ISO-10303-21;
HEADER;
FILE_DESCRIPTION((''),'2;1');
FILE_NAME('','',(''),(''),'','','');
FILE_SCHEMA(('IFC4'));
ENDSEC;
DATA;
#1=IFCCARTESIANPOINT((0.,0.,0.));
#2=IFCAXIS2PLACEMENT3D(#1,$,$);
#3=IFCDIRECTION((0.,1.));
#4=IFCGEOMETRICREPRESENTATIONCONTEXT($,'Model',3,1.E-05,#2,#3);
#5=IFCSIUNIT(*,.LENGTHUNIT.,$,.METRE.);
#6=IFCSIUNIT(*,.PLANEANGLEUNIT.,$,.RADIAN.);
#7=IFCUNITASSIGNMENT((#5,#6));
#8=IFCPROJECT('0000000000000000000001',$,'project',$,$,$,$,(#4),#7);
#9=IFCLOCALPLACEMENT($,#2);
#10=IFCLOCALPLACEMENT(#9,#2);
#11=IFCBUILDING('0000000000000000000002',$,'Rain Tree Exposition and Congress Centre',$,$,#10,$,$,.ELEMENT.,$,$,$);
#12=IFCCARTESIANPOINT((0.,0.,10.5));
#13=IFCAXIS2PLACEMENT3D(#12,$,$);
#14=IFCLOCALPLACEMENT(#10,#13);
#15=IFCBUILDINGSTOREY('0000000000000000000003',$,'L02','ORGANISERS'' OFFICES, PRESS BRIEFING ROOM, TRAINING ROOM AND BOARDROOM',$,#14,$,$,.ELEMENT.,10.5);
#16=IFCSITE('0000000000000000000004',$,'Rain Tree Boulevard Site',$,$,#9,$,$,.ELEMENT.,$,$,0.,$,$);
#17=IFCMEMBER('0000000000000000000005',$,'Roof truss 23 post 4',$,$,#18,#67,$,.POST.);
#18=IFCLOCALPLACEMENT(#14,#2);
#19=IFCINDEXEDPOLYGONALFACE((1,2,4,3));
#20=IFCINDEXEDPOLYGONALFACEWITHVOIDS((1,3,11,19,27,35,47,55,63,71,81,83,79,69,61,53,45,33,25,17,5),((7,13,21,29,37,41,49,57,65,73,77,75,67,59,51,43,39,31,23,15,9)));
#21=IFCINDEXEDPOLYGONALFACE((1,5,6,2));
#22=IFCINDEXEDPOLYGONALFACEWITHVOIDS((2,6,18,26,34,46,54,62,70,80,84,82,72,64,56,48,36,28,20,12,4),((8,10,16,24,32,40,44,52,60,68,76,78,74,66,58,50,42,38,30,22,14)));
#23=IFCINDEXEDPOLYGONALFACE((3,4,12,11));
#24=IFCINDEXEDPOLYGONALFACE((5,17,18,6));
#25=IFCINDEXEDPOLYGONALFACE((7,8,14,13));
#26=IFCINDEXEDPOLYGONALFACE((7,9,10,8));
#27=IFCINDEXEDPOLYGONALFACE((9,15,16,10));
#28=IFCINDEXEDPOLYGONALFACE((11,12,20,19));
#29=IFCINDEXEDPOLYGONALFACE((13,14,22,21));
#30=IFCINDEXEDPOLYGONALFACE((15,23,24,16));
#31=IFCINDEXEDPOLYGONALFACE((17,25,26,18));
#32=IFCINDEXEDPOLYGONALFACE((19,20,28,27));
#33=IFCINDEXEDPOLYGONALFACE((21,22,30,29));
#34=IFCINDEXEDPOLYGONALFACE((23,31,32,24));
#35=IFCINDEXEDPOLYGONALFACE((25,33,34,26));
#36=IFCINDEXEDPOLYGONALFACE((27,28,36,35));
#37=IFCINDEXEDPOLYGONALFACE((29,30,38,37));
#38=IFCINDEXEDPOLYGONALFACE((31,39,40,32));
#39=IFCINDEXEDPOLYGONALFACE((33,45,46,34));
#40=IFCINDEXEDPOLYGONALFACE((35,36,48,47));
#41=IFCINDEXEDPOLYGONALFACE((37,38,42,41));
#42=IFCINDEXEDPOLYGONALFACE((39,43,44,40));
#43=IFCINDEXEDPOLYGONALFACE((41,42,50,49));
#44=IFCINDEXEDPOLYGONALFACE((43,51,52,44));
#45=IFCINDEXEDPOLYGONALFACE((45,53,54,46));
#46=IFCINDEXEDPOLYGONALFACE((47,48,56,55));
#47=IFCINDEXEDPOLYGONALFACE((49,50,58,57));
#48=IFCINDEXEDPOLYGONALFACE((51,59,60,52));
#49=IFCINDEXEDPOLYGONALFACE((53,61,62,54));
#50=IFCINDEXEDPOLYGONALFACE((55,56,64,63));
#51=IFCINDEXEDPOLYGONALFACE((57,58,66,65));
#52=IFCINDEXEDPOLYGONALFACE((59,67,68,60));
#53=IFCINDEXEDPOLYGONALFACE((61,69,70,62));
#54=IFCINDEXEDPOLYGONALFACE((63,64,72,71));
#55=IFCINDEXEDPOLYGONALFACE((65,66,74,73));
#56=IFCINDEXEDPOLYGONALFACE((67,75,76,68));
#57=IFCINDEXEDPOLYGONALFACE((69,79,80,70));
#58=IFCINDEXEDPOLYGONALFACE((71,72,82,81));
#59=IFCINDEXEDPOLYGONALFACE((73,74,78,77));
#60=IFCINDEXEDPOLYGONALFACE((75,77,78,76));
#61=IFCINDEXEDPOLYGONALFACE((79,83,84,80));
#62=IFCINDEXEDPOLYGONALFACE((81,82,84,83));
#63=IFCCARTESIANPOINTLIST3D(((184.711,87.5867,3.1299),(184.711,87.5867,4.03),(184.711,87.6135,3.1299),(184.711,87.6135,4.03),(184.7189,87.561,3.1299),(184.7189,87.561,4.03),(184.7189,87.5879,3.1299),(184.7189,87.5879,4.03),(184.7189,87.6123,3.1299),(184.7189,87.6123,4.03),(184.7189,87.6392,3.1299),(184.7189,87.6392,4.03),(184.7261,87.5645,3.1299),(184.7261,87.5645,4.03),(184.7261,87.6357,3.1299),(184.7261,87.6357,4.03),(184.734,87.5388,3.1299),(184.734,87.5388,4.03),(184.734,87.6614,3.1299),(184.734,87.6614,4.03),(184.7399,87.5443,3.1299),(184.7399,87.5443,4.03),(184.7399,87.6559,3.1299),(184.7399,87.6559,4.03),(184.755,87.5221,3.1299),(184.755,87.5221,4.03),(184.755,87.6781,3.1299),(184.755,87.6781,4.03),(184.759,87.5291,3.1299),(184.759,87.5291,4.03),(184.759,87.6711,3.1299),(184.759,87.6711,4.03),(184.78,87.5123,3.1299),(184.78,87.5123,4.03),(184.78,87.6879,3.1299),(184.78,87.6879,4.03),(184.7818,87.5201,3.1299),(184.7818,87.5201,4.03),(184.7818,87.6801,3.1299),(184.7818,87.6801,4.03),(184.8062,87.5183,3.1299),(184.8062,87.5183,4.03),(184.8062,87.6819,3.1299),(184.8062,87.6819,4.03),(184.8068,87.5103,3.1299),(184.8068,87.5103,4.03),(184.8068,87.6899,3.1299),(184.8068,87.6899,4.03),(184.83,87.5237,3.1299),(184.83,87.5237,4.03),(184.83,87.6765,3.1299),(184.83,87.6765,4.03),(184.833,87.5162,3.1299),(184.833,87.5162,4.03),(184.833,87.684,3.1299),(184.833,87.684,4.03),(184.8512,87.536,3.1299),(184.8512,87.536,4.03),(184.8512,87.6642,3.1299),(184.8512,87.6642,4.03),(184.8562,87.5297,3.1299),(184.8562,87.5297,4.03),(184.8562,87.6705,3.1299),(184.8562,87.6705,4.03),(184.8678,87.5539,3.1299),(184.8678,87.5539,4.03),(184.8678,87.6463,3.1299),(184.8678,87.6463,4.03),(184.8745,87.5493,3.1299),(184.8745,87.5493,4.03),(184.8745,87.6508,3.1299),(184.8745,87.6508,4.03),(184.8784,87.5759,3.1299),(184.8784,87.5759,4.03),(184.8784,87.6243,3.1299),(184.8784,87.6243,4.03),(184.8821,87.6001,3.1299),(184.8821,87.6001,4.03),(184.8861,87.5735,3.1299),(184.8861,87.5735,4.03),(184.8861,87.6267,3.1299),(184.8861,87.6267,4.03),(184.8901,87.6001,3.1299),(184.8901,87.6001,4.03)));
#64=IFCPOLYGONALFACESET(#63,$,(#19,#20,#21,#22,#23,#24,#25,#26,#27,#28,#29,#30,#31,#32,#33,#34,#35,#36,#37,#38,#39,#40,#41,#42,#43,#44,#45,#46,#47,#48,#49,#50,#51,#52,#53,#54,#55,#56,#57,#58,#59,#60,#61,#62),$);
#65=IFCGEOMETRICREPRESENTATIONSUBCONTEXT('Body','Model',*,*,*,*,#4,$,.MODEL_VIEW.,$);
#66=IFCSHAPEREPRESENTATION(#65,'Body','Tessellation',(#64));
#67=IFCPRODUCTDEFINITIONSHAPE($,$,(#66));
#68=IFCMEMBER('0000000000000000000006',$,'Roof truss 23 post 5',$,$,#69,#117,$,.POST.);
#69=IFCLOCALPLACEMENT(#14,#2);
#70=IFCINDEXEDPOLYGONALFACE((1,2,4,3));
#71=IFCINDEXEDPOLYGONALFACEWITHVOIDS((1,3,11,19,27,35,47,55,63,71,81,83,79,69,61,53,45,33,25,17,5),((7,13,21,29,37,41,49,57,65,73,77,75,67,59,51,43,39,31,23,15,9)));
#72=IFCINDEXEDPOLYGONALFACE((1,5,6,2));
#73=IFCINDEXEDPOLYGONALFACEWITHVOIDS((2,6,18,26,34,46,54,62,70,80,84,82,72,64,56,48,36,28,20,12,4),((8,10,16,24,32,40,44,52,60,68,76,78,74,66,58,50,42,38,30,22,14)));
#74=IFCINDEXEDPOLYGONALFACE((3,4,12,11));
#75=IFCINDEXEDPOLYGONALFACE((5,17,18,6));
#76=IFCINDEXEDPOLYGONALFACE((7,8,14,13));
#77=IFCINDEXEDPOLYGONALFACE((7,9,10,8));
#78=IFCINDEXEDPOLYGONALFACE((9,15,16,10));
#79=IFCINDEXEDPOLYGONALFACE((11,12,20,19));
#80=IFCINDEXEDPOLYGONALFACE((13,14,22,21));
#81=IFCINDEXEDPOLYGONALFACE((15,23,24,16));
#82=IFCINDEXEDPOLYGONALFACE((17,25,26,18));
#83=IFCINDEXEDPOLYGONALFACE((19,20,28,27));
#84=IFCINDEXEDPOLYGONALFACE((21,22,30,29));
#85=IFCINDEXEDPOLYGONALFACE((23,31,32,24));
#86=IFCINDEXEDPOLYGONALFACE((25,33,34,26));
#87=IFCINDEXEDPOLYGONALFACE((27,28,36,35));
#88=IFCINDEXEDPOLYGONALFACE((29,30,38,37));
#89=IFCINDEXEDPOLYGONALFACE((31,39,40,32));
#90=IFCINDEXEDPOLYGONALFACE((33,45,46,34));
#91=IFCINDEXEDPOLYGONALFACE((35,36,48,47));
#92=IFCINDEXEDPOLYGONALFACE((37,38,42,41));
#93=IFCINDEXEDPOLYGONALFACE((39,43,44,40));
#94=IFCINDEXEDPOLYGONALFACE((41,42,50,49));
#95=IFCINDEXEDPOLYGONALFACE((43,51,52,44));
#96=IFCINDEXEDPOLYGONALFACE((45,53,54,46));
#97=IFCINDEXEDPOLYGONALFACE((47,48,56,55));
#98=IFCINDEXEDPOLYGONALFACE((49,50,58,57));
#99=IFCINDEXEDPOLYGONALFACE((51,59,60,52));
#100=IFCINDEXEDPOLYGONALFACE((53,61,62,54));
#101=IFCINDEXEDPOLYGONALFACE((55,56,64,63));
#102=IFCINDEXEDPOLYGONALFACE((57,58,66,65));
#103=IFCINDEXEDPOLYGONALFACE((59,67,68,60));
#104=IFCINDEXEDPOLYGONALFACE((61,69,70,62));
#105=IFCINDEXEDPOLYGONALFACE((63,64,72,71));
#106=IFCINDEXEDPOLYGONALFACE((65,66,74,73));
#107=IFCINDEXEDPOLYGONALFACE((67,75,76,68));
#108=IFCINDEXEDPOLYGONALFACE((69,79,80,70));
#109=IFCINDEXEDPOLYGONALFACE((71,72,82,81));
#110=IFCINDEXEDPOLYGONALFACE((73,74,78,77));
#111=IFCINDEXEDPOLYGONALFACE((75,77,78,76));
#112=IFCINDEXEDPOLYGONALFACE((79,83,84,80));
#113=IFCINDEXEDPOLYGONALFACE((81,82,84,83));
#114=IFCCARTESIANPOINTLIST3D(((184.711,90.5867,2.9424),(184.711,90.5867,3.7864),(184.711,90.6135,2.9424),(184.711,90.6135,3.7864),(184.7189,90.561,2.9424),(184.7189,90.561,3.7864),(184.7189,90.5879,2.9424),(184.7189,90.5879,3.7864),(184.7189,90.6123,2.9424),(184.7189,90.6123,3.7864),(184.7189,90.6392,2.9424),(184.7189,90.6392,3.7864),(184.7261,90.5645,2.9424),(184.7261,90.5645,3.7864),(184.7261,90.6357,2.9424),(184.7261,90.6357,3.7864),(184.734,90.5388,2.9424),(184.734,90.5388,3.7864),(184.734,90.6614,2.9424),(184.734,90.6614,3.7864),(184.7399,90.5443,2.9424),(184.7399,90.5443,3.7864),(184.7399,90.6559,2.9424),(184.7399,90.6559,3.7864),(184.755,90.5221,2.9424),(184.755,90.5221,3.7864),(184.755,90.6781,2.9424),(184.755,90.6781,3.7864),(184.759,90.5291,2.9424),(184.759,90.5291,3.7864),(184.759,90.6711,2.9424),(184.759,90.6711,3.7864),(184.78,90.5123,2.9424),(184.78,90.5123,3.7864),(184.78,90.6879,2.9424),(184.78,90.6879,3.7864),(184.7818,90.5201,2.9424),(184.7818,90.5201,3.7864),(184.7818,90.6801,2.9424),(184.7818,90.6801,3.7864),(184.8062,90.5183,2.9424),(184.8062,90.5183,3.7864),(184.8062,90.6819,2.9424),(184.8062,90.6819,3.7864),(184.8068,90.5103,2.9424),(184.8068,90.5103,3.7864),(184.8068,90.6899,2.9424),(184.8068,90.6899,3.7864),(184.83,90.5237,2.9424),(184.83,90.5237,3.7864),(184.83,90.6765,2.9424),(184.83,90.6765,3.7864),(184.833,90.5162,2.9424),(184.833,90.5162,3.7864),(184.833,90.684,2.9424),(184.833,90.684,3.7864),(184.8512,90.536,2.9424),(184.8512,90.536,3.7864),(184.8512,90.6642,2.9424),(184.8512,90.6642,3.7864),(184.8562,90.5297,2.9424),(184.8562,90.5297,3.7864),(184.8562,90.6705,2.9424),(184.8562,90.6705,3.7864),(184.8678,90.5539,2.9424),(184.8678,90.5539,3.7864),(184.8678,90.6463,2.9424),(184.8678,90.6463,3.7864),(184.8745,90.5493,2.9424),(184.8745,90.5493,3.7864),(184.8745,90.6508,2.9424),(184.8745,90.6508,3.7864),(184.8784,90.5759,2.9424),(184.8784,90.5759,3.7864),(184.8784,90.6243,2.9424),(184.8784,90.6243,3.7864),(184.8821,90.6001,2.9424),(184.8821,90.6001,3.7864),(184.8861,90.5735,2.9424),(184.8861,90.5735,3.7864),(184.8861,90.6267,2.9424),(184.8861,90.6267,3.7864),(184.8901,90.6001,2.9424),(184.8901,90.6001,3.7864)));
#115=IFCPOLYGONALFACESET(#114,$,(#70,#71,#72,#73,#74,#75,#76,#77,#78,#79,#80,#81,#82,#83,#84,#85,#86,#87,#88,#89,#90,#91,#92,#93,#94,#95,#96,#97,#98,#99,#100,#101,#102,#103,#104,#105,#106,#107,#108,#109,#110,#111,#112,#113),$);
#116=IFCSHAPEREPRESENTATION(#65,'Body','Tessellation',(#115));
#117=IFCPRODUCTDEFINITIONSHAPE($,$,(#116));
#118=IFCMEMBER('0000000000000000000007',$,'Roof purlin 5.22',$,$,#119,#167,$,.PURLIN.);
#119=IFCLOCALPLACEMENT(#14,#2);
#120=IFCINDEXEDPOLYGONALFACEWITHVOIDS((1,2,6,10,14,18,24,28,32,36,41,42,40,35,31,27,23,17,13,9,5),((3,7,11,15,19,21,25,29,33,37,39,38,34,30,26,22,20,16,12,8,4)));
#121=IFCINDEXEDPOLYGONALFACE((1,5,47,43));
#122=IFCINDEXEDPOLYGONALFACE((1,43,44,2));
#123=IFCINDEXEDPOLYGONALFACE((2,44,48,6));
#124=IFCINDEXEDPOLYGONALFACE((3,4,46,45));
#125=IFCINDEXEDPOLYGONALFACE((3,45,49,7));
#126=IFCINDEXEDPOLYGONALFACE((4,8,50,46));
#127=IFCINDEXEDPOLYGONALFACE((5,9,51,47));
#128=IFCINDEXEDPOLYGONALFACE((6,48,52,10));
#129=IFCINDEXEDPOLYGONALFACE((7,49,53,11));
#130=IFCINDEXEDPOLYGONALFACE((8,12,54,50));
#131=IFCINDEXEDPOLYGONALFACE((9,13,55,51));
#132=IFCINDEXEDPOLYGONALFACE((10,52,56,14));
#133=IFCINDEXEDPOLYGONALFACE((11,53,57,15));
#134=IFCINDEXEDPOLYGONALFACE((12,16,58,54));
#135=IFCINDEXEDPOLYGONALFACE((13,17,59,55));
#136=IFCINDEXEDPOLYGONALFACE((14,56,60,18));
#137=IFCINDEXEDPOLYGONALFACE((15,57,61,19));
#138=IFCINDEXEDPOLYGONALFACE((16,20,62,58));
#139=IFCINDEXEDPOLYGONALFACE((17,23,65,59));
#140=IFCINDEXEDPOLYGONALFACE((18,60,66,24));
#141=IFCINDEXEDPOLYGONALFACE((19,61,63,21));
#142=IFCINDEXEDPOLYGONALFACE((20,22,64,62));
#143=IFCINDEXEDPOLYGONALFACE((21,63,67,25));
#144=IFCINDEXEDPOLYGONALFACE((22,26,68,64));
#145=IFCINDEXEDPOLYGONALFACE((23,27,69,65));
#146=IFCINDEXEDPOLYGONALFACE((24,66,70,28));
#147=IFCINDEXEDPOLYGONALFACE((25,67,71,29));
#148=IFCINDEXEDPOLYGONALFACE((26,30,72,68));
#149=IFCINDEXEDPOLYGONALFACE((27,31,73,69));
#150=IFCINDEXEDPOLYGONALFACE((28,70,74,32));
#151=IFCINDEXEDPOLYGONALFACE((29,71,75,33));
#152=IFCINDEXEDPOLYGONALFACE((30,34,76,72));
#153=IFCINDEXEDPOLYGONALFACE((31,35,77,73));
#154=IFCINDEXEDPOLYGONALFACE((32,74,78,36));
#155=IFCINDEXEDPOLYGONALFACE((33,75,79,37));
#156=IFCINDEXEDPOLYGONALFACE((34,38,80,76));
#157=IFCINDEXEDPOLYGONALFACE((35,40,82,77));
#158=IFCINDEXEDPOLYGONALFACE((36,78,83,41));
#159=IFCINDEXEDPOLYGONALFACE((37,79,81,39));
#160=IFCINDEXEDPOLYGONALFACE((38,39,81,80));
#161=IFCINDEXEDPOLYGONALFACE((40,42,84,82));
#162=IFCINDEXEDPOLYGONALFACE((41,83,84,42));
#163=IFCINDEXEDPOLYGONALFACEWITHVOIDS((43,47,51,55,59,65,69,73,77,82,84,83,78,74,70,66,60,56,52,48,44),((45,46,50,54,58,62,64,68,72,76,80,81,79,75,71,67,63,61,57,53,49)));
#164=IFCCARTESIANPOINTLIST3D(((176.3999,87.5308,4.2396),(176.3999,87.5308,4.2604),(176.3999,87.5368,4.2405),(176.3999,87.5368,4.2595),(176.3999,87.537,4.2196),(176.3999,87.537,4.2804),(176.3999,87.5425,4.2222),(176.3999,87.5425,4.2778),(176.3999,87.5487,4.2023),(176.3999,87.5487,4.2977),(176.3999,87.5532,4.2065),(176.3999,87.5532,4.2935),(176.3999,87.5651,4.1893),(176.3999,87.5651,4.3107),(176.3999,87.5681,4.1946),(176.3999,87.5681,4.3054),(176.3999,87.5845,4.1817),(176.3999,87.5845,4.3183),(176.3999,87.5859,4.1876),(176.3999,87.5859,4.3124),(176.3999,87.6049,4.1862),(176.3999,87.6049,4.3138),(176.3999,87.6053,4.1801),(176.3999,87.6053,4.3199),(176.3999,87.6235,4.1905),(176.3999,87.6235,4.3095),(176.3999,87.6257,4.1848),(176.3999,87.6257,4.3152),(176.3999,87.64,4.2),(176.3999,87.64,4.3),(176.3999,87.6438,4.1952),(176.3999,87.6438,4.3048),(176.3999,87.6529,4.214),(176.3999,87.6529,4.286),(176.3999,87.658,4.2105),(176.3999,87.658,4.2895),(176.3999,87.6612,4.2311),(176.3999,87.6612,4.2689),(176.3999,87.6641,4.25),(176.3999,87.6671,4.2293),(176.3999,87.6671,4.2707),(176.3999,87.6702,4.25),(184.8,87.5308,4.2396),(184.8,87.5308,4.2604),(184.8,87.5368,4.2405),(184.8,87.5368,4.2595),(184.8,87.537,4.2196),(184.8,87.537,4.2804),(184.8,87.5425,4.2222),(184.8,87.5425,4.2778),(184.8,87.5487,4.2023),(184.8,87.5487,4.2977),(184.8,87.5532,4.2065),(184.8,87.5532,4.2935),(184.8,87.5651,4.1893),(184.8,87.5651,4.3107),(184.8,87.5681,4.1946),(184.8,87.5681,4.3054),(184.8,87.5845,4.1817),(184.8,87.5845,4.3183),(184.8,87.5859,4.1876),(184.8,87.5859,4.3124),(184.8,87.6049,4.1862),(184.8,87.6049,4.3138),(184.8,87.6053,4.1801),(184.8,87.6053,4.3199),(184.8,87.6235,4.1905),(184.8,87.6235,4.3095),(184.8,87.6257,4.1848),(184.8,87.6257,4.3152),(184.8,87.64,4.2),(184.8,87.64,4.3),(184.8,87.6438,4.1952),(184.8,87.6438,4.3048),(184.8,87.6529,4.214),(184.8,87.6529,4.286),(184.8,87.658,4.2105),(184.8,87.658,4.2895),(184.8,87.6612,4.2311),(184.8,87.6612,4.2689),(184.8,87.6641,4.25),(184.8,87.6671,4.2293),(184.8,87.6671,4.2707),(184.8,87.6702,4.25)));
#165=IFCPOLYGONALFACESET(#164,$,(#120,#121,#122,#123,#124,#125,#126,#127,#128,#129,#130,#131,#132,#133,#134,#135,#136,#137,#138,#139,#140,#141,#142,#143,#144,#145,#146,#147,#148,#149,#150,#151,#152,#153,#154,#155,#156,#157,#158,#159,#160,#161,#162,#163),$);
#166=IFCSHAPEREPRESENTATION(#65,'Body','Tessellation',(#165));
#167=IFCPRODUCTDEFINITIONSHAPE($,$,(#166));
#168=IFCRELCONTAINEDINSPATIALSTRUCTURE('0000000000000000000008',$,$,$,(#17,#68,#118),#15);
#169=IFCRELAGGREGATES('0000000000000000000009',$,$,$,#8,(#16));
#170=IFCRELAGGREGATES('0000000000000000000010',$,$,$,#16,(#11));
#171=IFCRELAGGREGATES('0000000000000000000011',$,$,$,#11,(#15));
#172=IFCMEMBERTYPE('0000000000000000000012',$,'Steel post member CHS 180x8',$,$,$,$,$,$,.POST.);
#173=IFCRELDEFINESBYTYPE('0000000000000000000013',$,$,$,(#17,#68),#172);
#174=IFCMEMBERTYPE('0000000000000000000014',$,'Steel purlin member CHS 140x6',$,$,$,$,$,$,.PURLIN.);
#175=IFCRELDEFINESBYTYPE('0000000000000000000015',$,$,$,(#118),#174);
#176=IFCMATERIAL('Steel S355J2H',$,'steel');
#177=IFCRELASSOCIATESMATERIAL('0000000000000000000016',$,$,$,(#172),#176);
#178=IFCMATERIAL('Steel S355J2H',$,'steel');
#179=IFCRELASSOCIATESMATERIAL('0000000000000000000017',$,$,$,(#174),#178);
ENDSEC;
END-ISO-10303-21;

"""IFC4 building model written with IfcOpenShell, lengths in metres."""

from ifc_helpers import new_model, si_unit, direction, frame, origin, origin_2d, place, context, subcontext, project, spatial, hollow_circle, extrude, material, material_profile, profile_set, type_object, element, save


model = new_model("IFC4")

# Units and contexts
model_context = context("Model", 3, precision=1e-05, world=origin(), true_north=direction((0.0, 1.0)))
body_context = subcontext(model_context, "Body", "Model", "MODEL_VIEW")
ifc_project = project(units=[si_unit("LENGTHUNIT", "METRE"), si_unit("PLANEANGLEUNIT", "RADIAN")], contexts=[model_context])

# Site, building, storey
site_placement = place(None, origin())
site = spatial("IfcSite", under=ifc_project, at=site_placement, Name="Rain Tree Boulevard Site", CompositionType="ELEMENT", RefElevation=0.0)
building_placement = place(site_placement, origin())
building = spatial("IfcBuilding", under=site, at=building_placement, Name="Rain Tree Exposition and Congress Centre", CompositionType="ELEMENT")
storey_placement = place(building_placement, frame((0.0, 0.0, 10.5)))
storey = spatial("IfcBuildingStorey", under=building, at=storey_placement, Name="L02", Description="ORGANISERS' OFFICES, PRESS BRIEFING ROOM, TRAINING ROOM AND BOARDROOM", CompositionType="ELEMENT", Elevation=10.5)

# Members
ifc_material_1 = material(Name="Steel S355J2H", Category="steel")
ifc_material_profile_1 = material_profile(ifc_material_1, hollow_circle(Radius=0.0901, WallThickness=0.0081, at=origin_2d()), Name="CHS 180x8")
ifc_profile_set_1 = profile_set([ifc_material_profile_1], Name="Steel S355J2H")
member_type_1 = type_object("IfcMemberType", Name="Steel post member CHS 180x8", PredefinedType="POST", material=ifc_profile_set_1)
member_1_placement = place(storey_placement, frame((184.8, 87.6001, 3.1299), z_axis=(0.0, 0.0, 1.0), x_axis=(1.0, 0.0, 0.0)))
element("IfcMember", 1, at=member_1_placement, inside=storey, type_object=member_type_1, Name="Roof truss 23 post 4", PredefinedType="POST", context=body_context, shape_type="SweptSolid", body=[
    extrude(hollow_circle(Radius=0.0901, WallThickness=0.0081, at=origin_2d()), origin(), (0.0, 0.0, 1.0), 0.9001),
])
member_2_placement = place(storey_placement, frame((184.8, 90.6001, 2.9424), z_axis=(0.0, 0.0, 1.0), x_axis=(1.0, 0.0, 0.0)))
element("IfcMember", 2, at=member_2_placement, inside=storey, type_object=member_type_1, Name="Roof truss 23 post 5", PredefinedType="POST", context=body_context, shape_type="SweptSolid", body=[
    extrude(hollow_circle(Radius=0.0901, WallThickness=0.0081, at=origin_2d()), origin(), (0.0, 0.0, 1.0), 0.844),
])
ifc_material_2 = material(Name="Steel S355J2H", Category="steel")
ifc_material_profile_2 = material_profile(ifc_material_2, hollow_circle(Radius=0.0701, WallThickness=0.0061, at=origin_2d()), Name="CHS 140x6")
ifc_profile_set_2 = profile_set([ifc_material_profile_2], Name="Steel S355J2H")
member_type_2 = type_object("IfcMemberType", Name="Steel purlin member CHS 140x6", PredefinedType="PURLIN", material=ifc_profile_set_2)
member_3_placement = place(storey_placement, frame((176.3999, 87.6001, 4.25), z_axis=(1.0, 0.0, 0.0), x_axis=(0.0, 1.0, 0.0)))
element("IfcMember", 3, at=member_3_placement, inside=storey, type_object=member_type_2, Name="Roof purlin 5.22", PredefinedType="PURLIN", context=body_context, shape_type="SweptSolid", body=[
    extrude(hollow_circle(Radius=0.0701, WallThickness=0.0061, at=origin_2d()), origin(), (0.0, 0.0, 1.0), 8.4001),
])

save(model, "model.ifc")
